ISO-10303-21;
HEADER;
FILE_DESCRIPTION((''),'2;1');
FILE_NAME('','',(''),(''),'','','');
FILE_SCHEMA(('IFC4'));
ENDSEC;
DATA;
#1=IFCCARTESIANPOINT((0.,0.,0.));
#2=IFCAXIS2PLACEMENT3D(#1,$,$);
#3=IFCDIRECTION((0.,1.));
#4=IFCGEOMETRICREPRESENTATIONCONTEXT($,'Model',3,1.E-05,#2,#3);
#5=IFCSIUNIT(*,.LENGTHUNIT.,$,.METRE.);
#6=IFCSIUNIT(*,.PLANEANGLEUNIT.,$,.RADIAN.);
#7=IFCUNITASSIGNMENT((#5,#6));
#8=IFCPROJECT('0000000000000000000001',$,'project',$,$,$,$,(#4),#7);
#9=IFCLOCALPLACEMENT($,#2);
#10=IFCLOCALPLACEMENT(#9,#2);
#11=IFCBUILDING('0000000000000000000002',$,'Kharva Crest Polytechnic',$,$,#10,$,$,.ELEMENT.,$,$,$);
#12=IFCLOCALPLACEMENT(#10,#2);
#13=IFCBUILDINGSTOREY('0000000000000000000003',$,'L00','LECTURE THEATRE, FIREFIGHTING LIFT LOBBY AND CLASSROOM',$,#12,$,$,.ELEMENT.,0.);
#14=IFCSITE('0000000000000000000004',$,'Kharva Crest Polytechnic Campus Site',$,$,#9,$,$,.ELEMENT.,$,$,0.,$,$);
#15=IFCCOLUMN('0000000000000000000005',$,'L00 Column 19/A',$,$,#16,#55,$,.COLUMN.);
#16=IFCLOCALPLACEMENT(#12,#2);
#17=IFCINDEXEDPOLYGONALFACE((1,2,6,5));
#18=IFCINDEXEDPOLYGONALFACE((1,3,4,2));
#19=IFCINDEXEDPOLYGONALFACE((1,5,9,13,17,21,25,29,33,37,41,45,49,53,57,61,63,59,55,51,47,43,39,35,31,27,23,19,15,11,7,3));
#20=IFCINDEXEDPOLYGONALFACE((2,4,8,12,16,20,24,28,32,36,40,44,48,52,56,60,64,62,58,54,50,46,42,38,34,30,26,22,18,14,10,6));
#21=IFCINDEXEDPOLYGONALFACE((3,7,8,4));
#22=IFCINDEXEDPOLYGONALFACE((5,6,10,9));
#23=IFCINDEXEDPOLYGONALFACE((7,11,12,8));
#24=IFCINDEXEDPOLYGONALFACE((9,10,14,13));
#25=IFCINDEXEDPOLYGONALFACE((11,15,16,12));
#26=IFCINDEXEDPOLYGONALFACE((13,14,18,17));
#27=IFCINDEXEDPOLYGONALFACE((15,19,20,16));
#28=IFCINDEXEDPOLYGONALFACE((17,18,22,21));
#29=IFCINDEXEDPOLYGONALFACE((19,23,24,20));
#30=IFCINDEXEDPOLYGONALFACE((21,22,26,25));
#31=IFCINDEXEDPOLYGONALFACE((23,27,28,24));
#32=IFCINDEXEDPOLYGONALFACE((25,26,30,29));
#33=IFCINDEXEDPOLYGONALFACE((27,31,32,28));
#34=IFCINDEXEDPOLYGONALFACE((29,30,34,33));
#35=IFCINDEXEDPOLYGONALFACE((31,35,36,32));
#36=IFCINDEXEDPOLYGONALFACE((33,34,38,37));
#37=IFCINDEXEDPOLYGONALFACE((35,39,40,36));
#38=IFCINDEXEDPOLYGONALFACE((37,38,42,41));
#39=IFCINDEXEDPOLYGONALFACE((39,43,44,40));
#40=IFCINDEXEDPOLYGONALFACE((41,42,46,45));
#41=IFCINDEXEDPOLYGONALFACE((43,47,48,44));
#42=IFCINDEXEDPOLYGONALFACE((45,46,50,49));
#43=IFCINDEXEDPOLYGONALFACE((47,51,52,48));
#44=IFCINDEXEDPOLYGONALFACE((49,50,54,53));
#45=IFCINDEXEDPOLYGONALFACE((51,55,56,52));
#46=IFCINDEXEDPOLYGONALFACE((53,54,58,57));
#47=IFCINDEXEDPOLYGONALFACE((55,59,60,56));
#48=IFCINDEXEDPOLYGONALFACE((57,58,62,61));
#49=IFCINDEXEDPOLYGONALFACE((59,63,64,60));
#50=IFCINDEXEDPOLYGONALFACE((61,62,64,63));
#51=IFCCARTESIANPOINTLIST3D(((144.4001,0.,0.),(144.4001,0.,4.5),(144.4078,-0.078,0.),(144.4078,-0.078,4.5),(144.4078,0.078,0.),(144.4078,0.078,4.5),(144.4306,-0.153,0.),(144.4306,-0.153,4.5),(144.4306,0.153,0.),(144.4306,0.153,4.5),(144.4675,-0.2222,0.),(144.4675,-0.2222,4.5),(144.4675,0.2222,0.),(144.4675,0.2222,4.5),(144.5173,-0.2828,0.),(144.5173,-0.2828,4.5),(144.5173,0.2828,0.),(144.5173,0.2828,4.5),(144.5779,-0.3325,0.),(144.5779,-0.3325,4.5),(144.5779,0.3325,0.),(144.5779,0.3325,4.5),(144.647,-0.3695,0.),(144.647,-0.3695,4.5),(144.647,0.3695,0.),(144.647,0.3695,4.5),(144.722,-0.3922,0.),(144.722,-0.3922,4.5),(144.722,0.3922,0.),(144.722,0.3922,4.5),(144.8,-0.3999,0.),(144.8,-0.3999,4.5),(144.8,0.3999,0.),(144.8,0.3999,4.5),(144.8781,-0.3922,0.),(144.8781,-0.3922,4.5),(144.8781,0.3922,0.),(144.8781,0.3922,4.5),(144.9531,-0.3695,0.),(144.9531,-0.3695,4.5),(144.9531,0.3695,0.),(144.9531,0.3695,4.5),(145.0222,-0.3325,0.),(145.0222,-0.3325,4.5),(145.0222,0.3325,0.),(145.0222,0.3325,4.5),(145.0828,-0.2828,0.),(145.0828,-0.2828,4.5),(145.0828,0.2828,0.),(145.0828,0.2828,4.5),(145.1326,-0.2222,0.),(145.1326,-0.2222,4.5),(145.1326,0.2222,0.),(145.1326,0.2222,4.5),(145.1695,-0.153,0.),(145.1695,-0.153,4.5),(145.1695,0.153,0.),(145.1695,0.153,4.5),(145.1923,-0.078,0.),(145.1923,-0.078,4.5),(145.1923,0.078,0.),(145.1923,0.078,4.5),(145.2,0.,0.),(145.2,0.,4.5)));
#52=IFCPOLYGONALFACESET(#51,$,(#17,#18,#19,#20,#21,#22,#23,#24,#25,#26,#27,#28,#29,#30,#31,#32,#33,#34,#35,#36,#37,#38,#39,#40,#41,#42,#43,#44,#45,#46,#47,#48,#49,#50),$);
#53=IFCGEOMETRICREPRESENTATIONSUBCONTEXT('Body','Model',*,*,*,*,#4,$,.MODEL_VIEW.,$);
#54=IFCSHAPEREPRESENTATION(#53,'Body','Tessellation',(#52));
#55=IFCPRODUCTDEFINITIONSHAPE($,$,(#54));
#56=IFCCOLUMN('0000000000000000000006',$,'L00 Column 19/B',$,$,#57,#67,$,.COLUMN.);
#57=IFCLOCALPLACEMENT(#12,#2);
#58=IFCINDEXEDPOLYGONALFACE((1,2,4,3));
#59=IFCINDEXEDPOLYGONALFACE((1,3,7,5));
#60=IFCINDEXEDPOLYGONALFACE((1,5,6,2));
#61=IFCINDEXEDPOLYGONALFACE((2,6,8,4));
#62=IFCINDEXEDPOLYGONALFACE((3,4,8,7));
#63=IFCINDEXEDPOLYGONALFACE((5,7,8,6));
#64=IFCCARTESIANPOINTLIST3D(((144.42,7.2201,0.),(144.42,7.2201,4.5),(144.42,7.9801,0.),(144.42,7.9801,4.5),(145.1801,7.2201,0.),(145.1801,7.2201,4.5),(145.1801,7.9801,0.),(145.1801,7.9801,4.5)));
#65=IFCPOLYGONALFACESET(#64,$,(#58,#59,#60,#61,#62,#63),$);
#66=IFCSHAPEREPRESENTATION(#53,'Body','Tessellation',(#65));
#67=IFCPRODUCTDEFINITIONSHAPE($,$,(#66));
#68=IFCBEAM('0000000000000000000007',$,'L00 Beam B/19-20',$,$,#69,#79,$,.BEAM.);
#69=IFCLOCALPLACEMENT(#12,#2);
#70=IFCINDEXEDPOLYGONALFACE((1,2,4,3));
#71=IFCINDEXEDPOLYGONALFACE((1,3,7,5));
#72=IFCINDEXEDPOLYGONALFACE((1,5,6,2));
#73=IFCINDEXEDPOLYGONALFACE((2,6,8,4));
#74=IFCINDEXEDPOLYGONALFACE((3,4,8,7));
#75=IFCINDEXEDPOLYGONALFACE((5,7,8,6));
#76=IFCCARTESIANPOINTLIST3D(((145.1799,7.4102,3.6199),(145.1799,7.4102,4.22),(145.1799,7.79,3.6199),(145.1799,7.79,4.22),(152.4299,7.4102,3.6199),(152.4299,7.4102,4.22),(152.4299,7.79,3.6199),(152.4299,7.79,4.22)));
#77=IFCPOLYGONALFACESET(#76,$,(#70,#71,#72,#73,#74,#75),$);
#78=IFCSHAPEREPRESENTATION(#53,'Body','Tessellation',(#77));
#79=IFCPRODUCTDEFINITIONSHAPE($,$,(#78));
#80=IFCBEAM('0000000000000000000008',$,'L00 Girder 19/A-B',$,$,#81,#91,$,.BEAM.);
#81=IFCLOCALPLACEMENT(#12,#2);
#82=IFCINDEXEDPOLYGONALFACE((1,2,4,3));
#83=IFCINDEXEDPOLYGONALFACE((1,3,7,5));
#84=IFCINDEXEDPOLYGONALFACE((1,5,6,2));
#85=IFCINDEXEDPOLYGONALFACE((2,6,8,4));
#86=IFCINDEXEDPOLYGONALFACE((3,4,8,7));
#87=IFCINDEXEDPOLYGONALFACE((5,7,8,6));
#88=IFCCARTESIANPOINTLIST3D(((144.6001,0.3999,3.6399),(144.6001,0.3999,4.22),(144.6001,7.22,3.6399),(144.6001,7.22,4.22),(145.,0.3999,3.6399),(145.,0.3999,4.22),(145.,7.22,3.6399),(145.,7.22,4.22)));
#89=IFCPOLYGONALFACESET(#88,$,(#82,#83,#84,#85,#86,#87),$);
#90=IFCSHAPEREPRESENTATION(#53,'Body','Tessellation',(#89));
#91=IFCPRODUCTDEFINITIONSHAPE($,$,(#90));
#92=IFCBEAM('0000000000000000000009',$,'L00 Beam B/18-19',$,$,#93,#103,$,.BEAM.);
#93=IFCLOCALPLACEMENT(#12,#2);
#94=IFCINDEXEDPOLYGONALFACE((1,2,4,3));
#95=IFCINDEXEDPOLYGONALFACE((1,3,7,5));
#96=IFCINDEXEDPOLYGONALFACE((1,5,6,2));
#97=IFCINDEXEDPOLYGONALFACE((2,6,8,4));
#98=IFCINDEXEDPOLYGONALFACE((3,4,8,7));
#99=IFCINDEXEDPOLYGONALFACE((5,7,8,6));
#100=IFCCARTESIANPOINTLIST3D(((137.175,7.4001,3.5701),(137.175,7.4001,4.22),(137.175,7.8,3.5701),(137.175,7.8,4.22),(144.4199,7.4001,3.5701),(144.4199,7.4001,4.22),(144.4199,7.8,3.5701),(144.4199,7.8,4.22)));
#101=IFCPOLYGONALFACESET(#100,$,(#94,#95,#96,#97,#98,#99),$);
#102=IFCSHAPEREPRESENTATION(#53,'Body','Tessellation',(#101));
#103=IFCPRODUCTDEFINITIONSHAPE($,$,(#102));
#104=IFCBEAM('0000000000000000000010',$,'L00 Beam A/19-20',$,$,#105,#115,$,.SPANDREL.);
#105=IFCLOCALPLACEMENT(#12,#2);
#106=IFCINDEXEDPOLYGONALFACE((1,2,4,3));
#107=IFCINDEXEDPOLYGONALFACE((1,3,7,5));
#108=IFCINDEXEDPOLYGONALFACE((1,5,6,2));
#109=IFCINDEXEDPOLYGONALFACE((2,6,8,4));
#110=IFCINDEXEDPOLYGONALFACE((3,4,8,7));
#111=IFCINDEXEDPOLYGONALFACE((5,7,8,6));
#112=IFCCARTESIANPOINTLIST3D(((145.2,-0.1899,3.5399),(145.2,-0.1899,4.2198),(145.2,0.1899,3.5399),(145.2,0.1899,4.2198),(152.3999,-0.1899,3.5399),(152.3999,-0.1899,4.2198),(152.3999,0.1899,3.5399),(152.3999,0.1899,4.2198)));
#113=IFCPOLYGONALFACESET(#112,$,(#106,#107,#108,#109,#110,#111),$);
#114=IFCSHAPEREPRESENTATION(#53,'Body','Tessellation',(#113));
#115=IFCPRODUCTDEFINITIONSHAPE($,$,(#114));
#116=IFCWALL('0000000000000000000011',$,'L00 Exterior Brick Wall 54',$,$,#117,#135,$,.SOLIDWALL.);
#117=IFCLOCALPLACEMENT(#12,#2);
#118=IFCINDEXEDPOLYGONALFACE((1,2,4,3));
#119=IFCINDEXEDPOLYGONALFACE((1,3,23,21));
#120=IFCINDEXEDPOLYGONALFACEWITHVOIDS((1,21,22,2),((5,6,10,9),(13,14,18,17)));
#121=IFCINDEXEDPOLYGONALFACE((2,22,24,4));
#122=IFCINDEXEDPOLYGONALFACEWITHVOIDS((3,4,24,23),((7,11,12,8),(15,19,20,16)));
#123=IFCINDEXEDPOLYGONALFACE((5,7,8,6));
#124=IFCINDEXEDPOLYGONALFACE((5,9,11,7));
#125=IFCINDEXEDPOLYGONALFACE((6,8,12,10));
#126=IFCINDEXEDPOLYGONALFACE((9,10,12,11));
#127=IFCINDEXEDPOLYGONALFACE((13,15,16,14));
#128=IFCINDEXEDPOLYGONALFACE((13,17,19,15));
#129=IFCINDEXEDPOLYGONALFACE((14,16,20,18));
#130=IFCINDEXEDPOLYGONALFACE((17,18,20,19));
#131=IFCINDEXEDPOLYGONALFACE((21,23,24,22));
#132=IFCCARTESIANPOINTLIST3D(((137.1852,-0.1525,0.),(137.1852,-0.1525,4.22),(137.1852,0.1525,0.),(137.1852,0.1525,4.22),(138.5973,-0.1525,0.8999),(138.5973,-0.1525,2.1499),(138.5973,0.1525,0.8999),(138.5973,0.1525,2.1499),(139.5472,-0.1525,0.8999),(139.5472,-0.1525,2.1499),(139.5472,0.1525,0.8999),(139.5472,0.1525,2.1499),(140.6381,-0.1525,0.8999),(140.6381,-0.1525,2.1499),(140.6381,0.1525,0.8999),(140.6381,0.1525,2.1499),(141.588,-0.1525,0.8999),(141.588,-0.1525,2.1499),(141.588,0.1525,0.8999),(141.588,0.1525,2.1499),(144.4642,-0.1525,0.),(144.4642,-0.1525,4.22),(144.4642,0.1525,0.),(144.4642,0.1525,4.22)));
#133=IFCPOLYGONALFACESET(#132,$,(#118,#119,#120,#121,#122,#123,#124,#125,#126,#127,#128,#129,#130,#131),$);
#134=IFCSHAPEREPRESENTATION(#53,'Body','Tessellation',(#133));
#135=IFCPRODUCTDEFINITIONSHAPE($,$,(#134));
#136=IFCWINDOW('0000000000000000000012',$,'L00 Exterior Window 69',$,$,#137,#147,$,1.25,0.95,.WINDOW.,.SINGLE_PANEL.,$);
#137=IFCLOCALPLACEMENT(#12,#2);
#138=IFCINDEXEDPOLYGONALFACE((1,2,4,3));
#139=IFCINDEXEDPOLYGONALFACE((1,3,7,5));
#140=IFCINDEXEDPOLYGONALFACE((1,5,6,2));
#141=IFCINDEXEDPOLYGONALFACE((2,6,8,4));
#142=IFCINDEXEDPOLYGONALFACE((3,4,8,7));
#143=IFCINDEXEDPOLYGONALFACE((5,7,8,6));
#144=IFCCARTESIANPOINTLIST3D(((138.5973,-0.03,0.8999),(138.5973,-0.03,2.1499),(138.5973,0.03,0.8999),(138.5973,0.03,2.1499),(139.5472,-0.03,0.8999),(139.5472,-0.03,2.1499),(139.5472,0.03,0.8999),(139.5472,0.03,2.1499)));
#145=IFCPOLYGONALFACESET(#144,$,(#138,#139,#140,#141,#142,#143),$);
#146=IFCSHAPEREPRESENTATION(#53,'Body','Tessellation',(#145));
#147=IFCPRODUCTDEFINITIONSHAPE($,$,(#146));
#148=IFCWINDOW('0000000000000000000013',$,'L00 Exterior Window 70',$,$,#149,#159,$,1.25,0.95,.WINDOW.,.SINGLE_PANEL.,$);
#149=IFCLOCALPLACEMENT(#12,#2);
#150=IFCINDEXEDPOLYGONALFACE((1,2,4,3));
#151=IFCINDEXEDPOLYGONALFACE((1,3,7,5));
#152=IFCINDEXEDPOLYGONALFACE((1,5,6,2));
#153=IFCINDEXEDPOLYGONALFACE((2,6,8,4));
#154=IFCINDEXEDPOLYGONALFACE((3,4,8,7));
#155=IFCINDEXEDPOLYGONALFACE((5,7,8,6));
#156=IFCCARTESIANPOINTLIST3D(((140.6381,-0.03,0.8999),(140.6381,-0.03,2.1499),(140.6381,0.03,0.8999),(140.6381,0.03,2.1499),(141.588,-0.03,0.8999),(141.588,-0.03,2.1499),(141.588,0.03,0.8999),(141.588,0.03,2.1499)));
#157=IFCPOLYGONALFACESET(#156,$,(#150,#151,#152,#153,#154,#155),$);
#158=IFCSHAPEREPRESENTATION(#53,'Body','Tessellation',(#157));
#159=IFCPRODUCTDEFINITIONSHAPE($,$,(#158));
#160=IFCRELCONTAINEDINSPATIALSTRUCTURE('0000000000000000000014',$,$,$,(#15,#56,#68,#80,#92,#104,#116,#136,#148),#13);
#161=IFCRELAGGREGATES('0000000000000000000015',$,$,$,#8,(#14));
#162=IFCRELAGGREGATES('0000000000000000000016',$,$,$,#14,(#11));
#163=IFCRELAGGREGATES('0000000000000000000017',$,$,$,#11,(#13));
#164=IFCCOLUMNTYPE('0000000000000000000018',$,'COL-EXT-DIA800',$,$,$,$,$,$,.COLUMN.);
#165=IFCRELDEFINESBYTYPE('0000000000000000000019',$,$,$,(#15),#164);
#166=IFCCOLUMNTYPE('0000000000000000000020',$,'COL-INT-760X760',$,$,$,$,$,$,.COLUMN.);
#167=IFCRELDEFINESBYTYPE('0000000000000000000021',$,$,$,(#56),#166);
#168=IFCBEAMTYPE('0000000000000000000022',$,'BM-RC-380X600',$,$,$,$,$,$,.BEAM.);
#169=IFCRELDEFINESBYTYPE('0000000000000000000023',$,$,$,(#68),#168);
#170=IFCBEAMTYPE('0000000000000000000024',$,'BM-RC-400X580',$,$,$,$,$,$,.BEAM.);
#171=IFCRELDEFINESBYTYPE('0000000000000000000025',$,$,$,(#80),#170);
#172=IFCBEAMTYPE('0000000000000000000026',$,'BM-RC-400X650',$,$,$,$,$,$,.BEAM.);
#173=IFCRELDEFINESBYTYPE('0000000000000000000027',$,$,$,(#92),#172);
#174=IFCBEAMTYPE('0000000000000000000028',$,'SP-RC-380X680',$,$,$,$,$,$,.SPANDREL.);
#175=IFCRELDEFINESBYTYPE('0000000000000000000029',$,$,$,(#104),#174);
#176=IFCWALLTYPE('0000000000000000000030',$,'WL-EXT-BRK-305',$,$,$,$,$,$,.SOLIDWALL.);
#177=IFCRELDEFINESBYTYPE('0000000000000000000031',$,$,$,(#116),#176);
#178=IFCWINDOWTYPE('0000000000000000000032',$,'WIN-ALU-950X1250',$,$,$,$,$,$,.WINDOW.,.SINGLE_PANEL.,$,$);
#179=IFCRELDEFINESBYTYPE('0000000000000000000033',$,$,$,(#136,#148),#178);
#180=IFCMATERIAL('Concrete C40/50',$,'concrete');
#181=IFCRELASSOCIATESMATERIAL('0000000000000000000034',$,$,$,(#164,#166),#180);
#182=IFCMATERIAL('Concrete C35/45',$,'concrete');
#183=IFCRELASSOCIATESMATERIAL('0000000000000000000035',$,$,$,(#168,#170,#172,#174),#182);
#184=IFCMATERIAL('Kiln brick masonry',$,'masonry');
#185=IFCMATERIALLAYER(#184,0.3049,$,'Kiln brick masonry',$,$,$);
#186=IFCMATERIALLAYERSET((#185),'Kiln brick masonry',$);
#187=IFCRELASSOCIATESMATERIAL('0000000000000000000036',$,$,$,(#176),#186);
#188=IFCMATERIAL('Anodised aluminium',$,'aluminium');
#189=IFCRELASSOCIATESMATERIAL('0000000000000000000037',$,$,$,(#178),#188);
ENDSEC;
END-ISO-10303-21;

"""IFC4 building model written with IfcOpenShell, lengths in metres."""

from ifc_helpers import new_model, si_unit, direction, frame, frame_2d, origin, origin_2d, place, context, subcontext, project, spatial, rectangle, circle, extrude, material, layer, layer_set, material_profile, profile_set, type_object, element, fill, save


model = new_model("IFC4")

# Units and contexts
model_context = context("Model", 3, precision=1e-05, world=origin(), true_north=direction((0.0, 1.0)))
body_context = subcontext(model_context, "Body", "Model", "MODEL_VIEW")
ifc_project = project(units=[si_unit("LENGTHUNIT", "METRE"), si_unit("PLANEANGLEUNIT", "RADIAN")], contexts=[model_context])

# Site, building, storey
site_placement = place(None, origin())
site = spatial("IfcSite", under=ifc_project, at=site_placement, Name="Kharva Crest Polytechnic Campus Site", CompositionType="ELEMENT", RefElevation=0.0)
building_placement = place(site_placement, origin())
building = spatial("IfcBuilding", under=site, at=building_placement, Name="Kharva Crest Polytechnic", CompositionType="ELEMENT")
storey_placement = place(building_placement, origin())
storey = spatial("IfcBuildingStorey", under=building, at=storey_placement, Name="L00", Description="LECTURE THEATRE, FIREFIGHTING LIFT LOBBY AND CLASSROOM", CompositionType="ELEMENT", Elevation=0.0)

# Columns
ifc_material_1 = material(Name="Concrete C40/50", Category="concrete")
ifc_material_profile_1 = material_profile(ifc_material_1, circle(Radius=0.3999, at=origin_2d()), Name="DIA 800")
ifc_profile_set_1 = profile_set([ifc_material_profile_1], Name="Concrete C40/50")
column_type_1 = type_object("IfcColumnType", Name="COL-EXT-DIA800", PredefinedType="COLUMN", material=ifc_profile_set_1)
column_1_placement = place(storey_placement, frame((144.8, 0.0, 0.0), z_axis=(0.0, 0.0, 1.0), x_axis=(1.0, 0.0, 0.0)))
element("IfcColumn", 1, at=column_1_placement, inside=storey, type_object=column_type_1, Name="L00 Column 19/A", PredefinedType="COLUMN", context=body_context, shape_type="SweptSolid", body=[
    extrude(circle(Radius=0.3999, at=origin_2d()), origin(), (0.0, 0.0, 1.0), 4.5),
])
ifc_material_profile_2 = material_profile(ifc_material_1, rectangle(XDim=0.76, YDim=0.76, at=origin_2d()), Name="RECT 760 X 760")
ifc_profile_set_2 = profile_set([ifc_material_profile_2], Name="Concrete C40/50")
column_type_2 = type_object("IfcColumnType", Name="COL-INT-760X760", PredefinedType="COLUMN", material=ifc_profile_set_2)
column_2_placement = place(storey_placement, frame((144.8, 7.6001, 0.0), z_axis=(0.0, 0.0, 1.0), x_axis=(1.0, 0.0, 0.0)))
element("IfcColumn", 2, at=column_2_placement, inside=storey, type_object=column_type_2, Name="L00 Column 19/B", PredefinedType="COLUMN", context=body_context, shape_type="SweptSolid", body=[
    extrude(rectangle(XDim=0.76, YDim=0.76, at=origin_2d()), origin(), (0.0, 0.0, 1.0), 4.5),
])

# Beams
ifc_material_2 = material(Name="Concrete C35/45", Category="concrete")
ifc_material_profile_3 = material_profile(ifc_material_2, rectangle(XDim=0.3799, YDim=0.6001, at=origin_2d()), Name="RECT 380 X 600")
ifc_profile_set_3 = profile_set([ifc_material_profile_3], Name="Concrete C35/45")
beam_type_1 = type_object("IfcBeamType", Name="BM-RC-380X600", PredefinedType="BEAM", material=ifc_profile_set_3)
beam_1_placement = place(storey_placement, frame((145.1799, 7.6001, 3.9199), z_axis=(1.0, 0.0, 0.0), x_axis=(0.0, 1.0, 0.0)))
element("IfcBeam", 3, at=beam_1_placement, inside=storey, type_object=beam_type_1, Name="L00 Beam B/19-20", PredefinedType="BEAM", context=body_context, shape_type="SweptSolid", body=[
    extrude(rectangle(XDim=0.3799, YDim=0.6001, at=origin_2d()), origin(), (0.0, 0.0, 1.0), 7.25),
])
ifc_material_profile_4 = material_profile(ifc_material_2, rectangle(XDim=0.3999, YDim=0.5801, at=origin_2d()), Name="RECT 400 X 580")
ifc_profile_set_4 = profile_set([ifc_material_profile_4], Name="Concrete C35/45")
beam_type_2 = type_object("IfcBeamType", Name="BM-RC-400X580", PredefinedType="BEAM", material=ifc_profile_set_4)
beam_2_placement = place(storey_placement, frame((144.8, 0.3999, 3.9299), z_axis=(0.0, 1.0, 0.0), x_axis=(-1.0, 0.0, 0.0)))
element("IfcBeam", 4, at=beam_2_placement, inside=storey, type_object=beam_type_2, Name="L00 Girder 19/A-B", PredefinedType="BEAM", context=body_context, shape_type="SweptSolid", body=[
    extrude(rectangle(XDim=0.3999, YDim=0.5801, at=origin_2d()), origin(), (0.0, 0.0, 1.0), 6.8201),
])
ifc_material_profile_5 = material_profile(ifc_material_2, rectangle(XDim=0.3999, YDim=0.6499, at=origin_2d()), Name="RECT 400 X 650")
ifc_profile_set_5 = profile_set([ifc_material_profile_5], Name="Concrete C35/45")
beam_type_3 = type_object("IfcBeamType", Name="BM-RC-400X650", PredefinedType="BEAM", material=ifc_profile_set_5)
beam_3_placement = place(storey_placement, frame((137.175, 7.6001, 3.895), z_axis=(1.0, 0.0, 0.0), x_axis=(0.0, 1.0, 0.0)))
element("IfcBeam", 5, at=beam_3_placement, inside=storey, type_object=beam_type_3, Name="L00 Beam B/18-19", PredefinedType="BEAM", context=body_context, shape_type="SweptSolid", body=[
    extrude(rectangle(XDim=0.3999, YDim=0.6499, at=origin_2d()), origin(), (0.0, 0.0, 1.0), 7.2449),
])
ifc_material_profile_6 = material_profile(ifc_material_2, rectangle(XDim=0.3799, YDim=0.6799, at=origin_2d()), Name="RECT 380 X 680")
ifc_profile_set_6 = profile_set([ifc_material_profile_6], Name="Concrete C35/45")
beam_type_4 = type_object("IfcBeamType", Name="SP-RC-380X680", PredefinedType="SPANDREL", material=ifc_profile_set_6)
beam_4_placement = place(storey_placement, frame((145.2, 0.0, 3.8799), z_axis=(1.0, 0.0, 0.0), x_axis=(0.0, 1.0, 0.0)))
element("IfcBeam", 6, at=beam_4_placement, inside=storey, type_object=beam_type_4, Name="L00 Beam A/19-20", PredefinedType="SPANDREL", context=body_context, shape_type="SweptSolid", body=[
    extrude(rectangle(XDim=0.3799, YDim=0.6799, at=origin_2d()), origin(), (0.0, 0.0, 1.0), 7.2),
])

# Wall, openings, windows
ifc_material_3 = material(Name="Kiln brick masonry", Category="masonry")
ifc_layer_1 = layer(ifc_material_3, 0.3049, Name="Kiln brick masonry")
ifc_layer_set_1 = layer_set([ifc_layer_1], Name="Kiln brick masonry")
wall_type_1 = type_object("IfcWallType", Name="WL-EXT-BRK-305", PredefinedType="SOLIDWALL", material=ifc_layer_set_1)
wall_1_placement = place(storey_placement, frame((137.1851, 0.0, 0.0), z_axis=(0.0, 0.0, 1.0), x_axis=(1.0, 0.0, 0.0)))
wall_1 = element("IfcWall", 7, at=wall_1_placement, inside=storey, type_object=wall_type_1, Name="L00 Exterior Brick Wall 54", PredefinedType="SOLIDWALL", context=body_context, shape_type="SweptSolid", body=[
    extrude(rectangle(XDim=7.2791, YDim=0.3049, at=frame_2d((3.6396, 0.0))), origin(), (0.0, 0.0, 1.0), 4.22),
])
opening_1_placement = place(wall_1_placement, frame((1.4121, 0.0, 0.8999)))
opening_1 = element("IfcOpeningElement", 8, at=opening_1_placement, cuts=wall_1, PredefinedType="OPENING", context=body_context, shape_type="SweptSolid", body=[
    extrude(rectangle(XDim=0.95, YDim=1.25, at=frame_2d((0.4751, 0.625))), frame((0.0, 0.1624, 0.0), z_axis=(0.0, -1.0, 0.0), x_axis=(1.0, 0.0, 0.0)), (0.0, 0.0, 1.0), 0.325),
])
opening_2_placement = place(wall_1_placement, frame((3.4529, 0.0, 0.8999)))
opening_2 = element("IfcOpeningElement", 9, at=opening_2_placement, cuts=wall_1, PredefinedType="OPENING", context=body_context, shape_type="SweptSolid", body=[
    extrude(rectangle(XDim=0.95, YDim=1.25, at=frame_2d((0.4751, 0.625))), frame((0.0, 0.1624, 0.0), z_axis=(0.0, -1.0, 0.0), x_axis=(1.0, 0.0, 0.0)), (0.0, 0.0, 1.0), 0.325),
])
ifc_material_4 = material(Name="Anodised aluminium", Category="aluminium")
window_type = type_object("IfcWindowType", Name="WIN-ALU-950X1250", PartitioningType="SINGLE_PANEL", PredefinedType="WINDOW", material=ifc_material_4)
window_1_placement = place(opening_1_placement, origin())
window_1 = element("IfcWindow", 10, at=window_1_placement, inside=storey, type_object=window_type, Name="L00 Exterior Window 69", OverallHeight=1.25, OverallWidth=0.95, PartitioningType="SINGLE_PANEL", PredefinedType="WINDOW", context=body_context, shape_type="SweptSolid", body=[
    extrude(rectangle(XDim=0.95, YDim=1.25, at=frame_2d((0.4751, 0.625))), frame((0.0, 0.03, 0.0), z_axis=(0.0, -1.0, 0.0), x_axis=(1.0, 0.0, 0.0)), (0.0, 0.0, 1.0), 0.0601),
])
fill(opening_1, window_1)
window_2_placement = place(opening_2_placement, origin())
window_2 = element("IfcWindow", 11, at=window_2_placement, inside=storey, type_object=window_type, Name="L00 Exterior Window 70", OverallHeight=1.25, OverallWidth=0.95, PartitioningType="SINGLE_PANEL", PredefinedType="WINDOW", context=body_context, shape_type="SweptSolid", body=[
    extrude(rectangle(XDim=0.95, YDim=1.25, at=frame_2d((0.4751, 0.625))), frame((0.0, 0.03, 0.0), z_axis=(0.0, -1.0, 0.0), x_axis=(1.0, 0.0, 0.0)), (0.0, 0.0, 1.0), 0.0601),
])
fill(opening_2, window_2)

save(model, "model.ifc")
